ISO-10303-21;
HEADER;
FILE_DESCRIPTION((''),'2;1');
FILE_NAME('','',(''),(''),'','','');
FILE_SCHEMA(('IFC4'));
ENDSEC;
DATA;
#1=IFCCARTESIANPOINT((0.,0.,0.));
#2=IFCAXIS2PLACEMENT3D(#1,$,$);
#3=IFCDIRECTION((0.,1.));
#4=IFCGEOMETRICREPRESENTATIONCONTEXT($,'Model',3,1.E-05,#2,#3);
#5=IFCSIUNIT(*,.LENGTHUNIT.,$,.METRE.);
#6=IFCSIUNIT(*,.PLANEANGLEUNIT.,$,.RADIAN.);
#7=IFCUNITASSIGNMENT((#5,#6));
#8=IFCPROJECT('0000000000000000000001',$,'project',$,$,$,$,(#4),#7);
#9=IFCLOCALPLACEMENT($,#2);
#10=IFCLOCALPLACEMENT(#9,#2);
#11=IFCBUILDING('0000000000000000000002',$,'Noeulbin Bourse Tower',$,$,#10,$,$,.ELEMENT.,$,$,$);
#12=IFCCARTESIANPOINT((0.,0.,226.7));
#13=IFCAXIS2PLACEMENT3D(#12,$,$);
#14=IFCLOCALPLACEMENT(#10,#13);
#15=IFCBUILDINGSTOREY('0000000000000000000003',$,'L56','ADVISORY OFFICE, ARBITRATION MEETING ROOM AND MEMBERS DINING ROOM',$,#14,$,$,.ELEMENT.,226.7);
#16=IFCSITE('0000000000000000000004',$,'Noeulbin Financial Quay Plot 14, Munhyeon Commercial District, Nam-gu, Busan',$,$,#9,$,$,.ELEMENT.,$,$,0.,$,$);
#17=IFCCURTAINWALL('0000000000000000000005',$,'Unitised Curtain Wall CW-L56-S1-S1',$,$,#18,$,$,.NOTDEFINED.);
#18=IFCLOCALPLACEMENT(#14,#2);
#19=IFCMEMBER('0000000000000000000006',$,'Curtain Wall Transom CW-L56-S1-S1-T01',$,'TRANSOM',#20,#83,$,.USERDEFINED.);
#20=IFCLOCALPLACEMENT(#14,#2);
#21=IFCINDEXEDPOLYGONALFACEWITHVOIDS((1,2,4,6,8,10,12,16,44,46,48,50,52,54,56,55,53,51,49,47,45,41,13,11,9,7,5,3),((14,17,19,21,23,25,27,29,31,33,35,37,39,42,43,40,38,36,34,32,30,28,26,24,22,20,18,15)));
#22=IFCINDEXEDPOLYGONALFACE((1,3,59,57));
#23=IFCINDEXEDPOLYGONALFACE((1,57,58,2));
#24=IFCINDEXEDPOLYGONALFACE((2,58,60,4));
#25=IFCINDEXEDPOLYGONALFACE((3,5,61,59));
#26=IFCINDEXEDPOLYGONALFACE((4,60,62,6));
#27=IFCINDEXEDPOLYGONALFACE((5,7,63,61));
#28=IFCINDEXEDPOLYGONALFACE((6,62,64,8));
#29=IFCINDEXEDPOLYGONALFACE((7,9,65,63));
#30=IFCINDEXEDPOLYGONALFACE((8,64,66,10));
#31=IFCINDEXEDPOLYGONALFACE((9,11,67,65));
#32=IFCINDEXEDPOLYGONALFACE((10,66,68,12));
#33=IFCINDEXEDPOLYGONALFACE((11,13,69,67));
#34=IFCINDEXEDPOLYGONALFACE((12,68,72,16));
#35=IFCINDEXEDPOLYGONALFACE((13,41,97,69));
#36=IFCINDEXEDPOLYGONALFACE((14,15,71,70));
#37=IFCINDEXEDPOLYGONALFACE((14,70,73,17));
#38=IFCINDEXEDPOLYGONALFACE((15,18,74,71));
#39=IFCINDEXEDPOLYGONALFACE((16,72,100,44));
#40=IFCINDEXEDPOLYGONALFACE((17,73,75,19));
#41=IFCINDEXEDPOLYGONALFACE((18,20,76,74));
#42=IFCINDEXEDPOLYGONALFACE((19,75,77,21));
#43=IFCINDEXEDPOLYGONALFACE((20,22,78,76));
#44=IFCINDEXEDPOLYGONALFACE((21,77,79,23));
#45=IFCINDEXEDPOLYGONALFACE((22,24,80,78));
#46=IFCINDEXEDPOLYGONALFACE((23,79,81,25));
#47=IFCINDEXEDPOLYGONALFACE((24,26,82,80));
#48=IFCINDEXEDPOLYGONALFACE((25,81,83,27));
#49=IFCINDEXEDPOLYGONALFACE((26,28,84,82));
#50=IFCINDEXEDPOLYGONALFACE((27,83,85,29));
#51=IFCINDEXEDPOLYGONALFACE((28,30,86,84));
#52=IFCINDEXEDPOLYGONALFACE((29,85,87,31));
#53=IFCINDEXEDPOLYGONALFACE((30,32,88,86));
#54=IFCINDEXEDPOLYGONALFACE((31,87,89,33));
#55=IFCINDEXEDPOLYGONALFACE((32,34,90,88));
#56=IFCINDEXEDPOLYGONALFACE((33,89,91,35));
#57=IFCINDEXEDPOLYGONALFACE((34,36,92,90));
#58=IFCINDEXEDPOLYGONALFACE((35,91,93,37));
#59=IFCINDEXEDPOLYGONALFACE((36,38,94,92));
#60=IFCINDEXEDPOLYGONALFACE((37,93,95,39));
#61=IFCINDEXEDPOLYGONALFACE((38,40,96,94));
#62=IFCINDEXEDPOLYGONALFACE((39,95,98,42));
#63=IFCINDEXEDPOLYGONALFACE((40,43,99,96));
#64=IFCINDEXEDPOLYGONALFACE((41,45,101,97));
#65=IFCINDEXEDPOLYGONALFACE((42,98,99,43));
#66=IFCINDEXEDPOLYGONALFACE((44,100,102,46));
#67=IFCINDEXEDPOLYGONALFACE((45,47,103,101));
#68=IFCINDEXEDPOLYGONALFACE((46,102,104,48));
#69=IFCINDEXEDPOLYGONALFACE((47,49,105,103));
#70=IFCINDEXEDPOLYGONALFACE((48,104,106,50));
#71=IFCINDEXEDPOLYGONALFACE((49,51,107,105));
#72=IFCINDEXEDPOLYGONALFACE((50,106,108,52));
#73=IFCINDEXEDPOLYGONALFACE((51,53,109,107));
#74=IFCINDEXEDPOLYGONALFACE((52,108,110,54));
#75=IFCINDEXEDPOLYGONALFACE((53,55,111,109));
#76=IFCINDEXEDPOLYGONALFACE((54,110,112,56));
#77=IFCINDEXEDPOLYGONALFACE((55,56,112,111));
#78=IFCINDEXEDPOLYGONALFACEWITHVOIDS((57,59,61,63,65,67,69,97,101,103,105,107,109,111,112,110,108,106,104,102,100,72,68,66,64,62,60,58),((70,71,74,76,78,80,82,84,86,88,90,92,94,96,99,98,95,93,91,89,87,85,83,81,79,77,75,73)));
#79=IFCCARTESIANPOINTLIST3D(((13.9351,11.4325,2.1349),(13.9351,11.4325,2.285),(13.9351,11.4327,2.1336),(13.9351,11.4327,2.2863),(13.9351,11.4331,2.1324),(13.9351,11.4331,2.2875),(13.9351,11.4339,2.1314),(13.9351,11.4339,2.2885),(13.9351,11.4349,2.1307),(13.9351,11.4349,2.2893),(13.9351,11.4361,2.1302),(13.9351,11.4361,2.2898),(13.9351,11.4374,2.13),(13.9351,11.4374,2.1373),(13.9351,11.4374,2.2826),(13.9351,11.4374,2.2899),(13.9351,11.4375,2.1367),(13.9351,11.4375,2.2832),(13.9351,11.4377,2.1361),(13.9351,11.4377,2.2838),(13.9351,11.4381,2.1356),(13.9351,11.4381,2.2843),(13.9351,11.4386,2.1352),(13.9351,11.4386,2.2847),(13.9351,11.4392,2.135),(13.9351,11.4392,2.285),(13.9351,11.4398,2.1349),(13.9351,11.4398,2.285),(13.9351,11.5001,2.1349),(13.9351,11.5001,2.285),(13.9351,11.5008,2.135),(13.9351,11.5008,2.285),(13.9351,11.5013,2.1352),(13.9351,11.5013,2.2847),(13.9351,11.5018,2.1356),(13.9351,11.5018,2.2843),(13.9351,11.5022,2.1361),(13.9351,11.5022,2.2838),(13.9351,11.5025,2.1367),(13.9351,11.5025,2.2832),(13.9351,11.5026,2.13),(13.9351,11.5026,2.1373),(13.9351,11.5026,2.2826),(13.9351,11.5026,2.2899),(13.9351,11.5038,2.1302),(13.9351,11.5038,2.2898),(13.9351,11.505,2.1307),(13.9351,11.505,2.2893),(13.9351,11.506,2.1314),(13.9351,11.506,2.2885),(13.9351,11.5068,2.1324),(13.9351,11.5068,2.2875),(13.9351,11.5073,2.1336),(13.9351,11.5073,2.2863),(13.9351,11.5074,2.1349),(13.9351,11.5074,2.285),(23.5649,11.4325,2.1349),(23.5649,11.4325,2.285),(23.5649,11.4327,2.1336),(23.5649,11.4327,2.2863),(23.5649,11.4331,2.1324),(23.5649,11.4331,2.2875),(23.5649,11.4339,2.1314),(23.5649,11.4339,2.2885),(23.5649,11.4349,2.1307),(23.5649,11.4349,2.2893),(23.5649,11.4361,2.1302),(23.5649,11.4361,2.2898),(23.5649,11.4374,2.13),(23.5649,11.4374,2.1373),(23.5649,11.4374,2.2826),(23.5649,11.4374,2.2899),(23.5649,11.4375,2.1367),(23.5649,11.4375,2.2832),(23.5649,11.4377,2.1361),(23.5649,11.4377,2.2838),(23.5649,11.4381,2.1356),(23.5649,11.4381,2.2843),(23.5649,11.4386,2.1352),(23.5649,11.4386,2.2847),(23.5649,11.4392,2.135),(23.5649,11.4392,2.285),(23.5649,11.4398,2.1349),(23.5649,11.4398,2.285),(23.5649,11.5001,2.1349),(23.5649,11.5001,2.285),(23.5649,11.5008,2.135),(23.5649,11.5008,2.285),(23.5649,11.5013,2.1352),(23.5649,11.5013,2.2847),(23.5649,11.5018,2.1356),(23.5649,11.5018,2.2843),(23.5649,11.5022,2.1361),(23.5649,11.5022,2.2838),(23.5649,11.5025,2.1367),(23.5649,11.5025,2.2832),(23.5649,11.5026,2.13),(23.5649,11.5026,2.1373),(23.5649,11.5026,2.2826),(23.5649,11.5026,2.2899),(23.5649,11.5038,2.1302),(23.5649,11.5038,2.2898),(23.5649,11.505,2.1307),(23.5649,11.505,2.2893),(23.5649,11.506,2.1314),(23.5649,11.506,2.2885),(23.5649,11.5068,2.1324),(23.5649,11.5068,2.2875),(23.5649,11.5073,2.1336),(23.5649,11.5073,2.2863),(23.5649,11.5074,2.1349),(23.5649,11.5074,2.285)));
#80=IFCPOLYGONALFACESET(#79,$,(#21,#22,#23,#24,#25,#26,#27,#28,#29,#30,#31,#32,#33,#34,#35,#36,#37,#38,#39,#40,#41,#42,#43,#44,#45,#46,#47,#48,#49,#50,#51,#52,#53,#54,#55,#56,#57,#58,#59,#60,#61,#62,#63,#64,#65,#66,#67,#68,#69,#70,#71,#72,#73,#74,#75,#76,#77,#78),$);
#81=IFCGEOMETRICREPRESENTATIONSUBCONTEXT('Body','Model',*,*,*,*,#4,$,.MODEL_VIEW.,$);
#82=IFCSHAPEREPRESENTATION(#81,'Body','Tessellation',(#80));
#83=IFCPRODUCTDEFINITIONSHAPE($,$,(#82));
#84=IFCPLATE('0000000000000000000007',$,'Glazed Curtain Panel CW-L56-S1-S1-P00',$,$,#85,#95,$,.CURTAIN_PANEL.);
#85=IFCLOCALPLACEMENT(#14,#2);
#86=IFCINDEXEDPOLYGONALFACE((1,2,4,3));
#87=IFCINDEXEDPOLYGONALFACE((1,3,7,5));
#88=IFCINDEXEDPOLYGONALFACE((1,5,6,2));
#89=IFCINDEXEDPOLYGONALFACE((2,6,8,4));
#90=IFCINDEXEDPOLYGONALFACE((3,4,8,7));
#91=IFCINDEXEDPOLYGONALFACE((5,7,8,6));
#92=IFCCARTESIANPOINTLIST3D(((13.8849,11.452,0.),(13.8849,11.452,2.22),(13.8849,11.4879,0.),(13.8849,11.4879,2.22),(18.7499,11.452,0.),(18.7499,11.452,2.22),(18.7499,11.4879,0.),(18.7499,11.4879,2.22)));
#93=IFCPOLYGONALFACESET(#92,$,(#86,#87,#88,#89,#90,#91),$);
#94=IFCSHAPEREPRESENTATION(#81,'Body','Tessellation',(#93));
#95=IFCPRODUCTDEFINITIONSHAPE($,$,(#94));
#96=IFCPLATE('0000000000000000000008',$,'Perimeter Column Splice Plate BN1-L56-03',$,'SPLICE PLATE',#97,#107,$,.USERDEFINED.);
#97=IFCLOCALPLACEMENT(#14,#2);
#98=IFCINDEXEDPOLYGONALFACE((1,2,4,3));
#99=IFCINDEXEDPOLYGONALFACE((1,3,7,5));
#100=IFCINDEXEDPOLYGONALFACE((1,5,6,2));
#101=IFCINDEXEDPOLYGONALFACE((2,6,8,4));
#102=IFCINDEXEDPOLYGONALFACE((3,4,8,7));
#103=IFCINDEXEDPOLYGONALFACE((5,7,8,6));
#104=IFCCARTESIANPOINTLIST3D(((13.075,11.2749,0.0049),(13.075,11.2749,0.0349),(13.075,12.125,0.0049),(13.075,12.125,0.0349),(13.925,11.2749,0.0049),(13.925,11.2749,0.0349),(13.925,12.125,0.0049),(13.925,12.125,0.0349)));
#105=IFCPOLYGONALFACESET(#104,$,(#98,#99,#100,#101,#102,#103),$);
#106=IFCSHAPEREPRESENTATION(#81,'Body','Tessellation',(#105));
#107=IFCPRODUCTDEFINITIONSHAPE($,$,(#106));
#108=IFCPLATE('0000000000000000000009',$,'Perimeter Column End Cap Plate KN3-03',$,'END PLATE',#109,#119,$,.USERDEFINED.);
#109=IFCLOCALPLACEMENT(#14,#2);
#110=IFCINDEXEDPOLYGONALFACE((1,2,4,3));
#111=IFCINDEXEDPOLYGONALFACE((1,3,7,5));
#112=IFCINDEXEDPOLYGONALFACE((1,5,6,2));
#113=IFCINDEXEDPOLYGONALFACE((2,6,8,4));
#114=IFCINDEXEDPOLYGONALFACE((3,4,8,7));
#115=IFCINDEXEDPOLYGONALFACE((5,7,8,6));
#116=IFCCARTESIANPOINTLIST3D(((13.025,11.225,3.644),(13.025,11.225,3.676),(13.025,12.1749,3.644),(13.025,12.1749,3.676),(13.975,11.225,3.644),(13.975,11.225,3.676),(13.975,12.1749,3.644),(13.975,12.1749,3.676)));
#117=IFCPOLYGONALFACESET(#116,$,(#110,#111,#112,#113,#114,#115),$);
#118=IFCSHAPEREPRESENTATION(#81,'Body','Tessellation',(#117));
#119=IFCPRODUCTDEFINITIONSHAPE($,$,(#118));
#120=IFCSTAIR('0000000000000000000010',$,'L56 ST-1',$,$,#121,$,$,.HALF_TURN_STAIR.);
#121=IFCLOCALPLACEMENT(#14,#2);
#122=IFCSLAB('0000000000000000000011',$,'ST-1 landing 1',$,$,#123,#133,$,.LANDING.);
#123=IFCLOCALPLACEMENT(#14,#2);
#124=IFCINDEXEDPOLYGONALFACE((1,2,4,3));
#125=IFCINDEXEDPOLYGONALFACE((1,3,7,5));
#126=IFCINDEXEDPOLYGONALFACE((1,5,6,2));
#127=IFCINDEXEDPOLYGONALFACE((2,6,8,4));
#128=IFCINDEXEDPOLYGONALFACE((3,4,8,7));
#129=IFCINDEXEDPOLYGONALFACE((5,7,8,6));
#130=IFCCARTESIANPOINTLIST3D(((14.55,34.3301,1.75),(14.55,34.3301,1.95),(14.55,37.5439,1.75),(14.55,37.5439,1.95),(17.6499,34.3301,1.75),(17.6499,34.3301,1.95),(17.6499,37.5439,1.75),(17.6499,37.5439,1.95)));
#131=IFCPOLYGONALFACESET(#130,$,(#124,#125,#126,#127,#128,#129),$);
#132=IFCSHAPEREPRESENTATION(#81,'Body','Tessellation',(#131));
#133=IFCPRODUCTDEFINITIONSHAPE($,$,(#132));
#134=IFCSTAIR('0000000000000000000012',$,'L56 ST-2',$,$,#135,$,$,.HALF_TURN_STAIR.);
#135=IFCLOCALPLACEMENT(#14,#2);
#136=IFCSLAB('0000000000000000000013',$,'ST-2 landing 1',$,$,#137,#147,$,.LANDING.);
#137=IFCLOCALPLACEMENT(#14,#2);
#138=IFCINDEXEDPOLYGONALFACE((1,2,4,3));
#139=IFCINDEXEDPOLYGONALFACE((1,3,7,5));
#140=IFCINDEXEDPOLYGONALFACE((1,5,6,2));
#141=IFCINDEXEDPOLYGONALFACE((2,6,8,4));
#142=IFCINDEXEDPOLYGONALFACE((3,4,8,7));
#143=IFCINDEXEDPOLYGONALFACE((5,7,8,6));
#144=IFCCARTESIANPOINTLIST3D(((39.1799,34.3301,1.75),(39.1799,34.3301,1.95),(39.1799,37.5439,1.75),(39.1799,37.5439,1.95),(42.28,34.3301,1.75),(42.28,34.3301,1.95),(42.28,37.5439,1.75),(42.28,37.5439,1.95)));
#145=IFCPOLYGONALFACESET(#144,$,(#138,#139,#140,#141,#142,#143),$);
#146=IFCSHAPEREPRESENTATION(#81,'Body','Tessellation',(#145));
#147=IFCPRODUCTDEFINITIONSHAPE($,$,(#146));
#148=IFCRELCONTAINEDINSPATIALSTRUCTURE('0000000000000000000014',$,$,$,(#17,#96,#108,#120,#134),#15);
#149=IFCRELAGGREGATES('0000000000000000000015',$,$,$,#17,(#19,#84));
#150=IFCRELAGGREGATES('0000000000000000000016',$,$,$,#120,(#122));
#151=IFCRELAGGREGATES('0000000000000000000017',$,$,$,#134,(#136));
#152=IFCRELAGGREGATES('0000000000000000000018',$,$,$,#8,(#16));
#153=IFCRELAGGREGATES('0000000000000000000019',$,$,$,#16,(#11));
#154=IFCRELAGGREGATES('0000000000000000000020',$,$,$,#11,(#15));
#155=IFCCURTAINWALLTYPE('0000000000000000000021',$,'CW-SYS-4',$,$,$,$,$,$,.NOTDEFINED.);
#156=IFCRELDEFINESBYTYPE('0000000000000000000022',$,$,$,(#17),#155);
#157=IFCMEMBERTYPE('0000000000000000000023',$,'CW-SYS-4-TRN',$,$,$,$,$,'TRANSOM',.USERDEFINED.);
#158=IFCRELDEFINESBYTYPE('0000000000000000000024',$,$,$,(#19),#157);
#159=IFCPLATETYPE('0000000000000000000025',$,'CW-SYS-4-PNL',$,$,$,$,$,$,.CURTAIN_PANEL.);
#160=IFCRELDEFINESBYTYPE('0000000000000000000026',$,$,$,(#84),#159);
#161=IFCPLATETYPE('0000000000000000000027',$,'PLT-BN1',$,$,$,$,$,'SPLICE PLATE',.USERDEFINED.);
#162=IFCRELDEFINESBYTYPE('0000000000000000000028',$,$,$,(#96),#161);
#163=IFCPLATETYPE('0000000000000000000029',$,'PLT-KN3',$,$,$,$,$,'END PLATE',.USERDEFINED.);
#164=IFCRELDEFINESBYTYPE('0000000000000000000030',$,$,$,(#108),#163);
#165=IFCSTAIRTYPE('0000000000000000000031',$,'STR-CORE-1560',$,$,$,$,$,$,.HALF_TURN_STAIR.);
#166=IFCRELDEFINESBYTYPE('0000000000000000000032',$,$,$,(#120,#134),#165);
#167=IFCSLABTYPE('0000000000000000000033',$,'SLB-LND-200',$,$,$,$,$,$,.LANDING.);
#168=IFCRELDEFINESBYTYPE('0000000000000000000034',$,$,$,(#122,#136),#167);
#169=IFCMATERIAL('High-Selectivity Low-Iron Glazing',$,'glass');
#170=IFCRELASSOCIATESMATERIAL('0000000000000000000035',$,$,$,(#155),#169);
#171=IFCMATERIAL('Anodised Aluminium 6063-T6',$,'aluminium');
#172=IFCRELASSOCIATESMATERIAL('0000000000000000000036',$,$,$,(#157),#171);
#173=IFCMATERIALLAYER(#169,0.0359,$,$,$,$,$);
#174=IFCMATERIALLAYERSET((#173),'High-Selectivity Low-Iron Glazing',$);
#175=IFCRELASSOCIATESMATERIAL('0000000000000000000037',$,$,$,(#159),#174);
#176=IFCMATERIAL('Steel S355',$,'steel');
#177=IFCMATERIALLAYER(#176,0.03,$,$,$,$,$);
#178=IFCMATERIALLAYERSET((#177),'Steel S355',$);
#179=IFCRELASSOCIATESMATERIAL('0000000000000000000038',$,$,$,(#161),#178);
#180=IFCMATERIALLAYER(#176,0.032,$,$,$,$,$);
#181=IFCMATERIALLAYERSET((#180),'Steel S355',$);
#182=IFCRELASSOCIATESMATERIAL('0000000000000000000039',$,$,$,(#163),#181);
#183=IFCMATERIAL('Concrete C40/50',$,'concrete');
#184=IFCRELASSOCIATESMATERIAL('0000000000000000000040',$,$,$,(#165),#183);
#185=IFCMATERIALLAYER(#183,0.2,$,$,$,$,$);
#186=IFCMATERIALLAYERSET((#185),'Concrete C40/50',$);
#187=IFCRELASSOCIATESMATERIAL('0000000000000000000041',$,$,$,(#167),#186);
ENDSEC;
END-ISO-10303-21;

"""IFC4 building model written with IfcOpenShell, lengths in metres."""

from ifc_helpers import new_model, si_unit, direction, frame, origin, origin_2d, place, context, subcontext, project, spatial, polyline, rectangle, hollow_rectangle, outline, extrude, material, layer, layer_set, material_profile, profile_set, type_object, element, aggregate, save


model = new_model("IFC4")

# Units and contexts
model_context = context("Model", 3, precision=1e-05, world=origin(), true_north=direction((0.0, 1.0)))
body_context = subcontext(model_context, "Body", "Model", "MODEL_VIEW")
ifc_project = project(units=[si_unit("LENGTHUNIT", "METRE"), si_unit("PLANEANGLEUNIT", "RADIAN")], contexts=[model_context])

# Site, building, storey
site_placement = place(None, origin())
site = spatial("IfcSite", under=ifc_project, at=site_placement, Name="Noeulbin Financial Quay Plot 14, Munhyeon Commercial District, Nam-gu, Busan", CompositionType="ELEMENT", RefElevation=0.0)
building_placement = place(site_placement, origin())
building = spatial("IfcBuilding", under=site, at=building_placement, Name="Noeulbin Bourse Tower", CompositionType="ELEMENT")
storey_placement = place(building_placement, frame((0.0, 0.0, 226.7)))
storey = spatial("IfcBuildingStorey", under=building, at=storey_placement, Name="L56", Description="ADVISORY OFFICE, ARBITRATION MEETING ROOM AND MEMBERS DINING ROOM", CompositionType="ELEMENT", Elevation=226.7)

# Shared definitions
ifc_material_1 = material(Name="Steel S355", Category="steel")

# Curtain wall, member, plate
ifc_material_2 = material(Name="High-Selectivity Low-Iron Glazing", Category="glass")
curtain_wall_type = type_object("IfcCurtainWallType", Name="CW-SYS-4", PredefinedType="NOTDEFINED", material=ifc_material_2)
curtain_wall_placement = place(storey_placement, origin())
curtain_wall = element("IfcCurtainWall", 1, at=curtain_wall_placement, inside=storey, type_object=curtain_wall_type, Name="Unitised Curtain Wall CW-L56-S1-S1", PredefinedType="NOTDEFINED")
ifc_material_3 = material(Name="Anodised Aluminium 6063-T6", Category="aluminium")
ifc_material_profile_1 = material_profile(ifc_material_3, hollow_rectangle(XDim=0.075, YDim=0.1599, WallThickness=0.0049, InnerFilletRadius=0.0024, OuterFilletRadius=0.0049, at=origin_2d()), Name="ALU-TRAN-75x160x5", Category="LoadBearing")
ifc_profile_set_1 = profile_set([ifc_material_profile_1], Name="Anodised Aluminium 6063-T6")
member_type_1 = type_object("IfcMemberType", Name="CW-SYS-4-TRN", ElementType="TRANSOM", PredefinedType="USERDEFINED", material=ifc_profile_set_1)
member_1_placement = place(storey_placement, frame((13.9351, 11.47, 2.21), z_axis=(1.0, 0.0, 0.0), x_axis=(0.0, 1.0, 0.0)))
member_1 = element("IfcMember", 2, at=member_1_placement, type_object=member_type_1, Name="Curtain Wall Transom CW-L56-S1-S1-T01", ObjectType="TRANSOM", PredefinedType="USERDEFINED", context=body_context, shape_type="SweptSolid", body=[
    extrude(hollow_rectangle(XDim=0.075, YDim=0.1599, WallThickness=0.0049, InnerFilletRadius=0.0024, OuterFilletRadius=0.0049, at=origin_2d()), origin(), (0.0, 0.0, 1.0), 9.6299),
])
ifc_layer_1 = layer(ifc_material_2, 0.0359)
ifc_layer_set_1 = layer_set([ifc_layer_1], Name="High-Selectivity Low-Iron Glazing")
plate_type_1 = type_object("IfcPlateType", Name="CW-SYS-4-PNL", PredefinedType="CURTAIN_PANEL", material=ifc_layer_set_1)
plate_1_placement = place(storey_placement, frame((16.3174, 11.47, 0.0), z_axis=(0.0, 0.0, 1.0), x_axis=(1.0, 0.0, 0.0)))
plate_1 = element("IfcPlate", 3, at=plate_1_placement, type_object=plate_type_1, Name="Glazed Curtain Panel CW-L56-S1-S1-P00", PredefinedType="CURTAIN_PANEL", context=body_context, shape_type="SweptSolid", body=[
    extrude(rectangle(XDim=4.865, YDim=0.0359, at=origin_2d()), origin(), (0.0, 0.0, 1.0), 2.22),
])
aggregate(curtain_wall, [member_1, plate_1])

# Plates
ifc_layer_2 = layer(ifc_material_1, 0.03)
ifc_layer_set_2 = layer_set([ifc_layer_2], Name="Steel S355")
plate_type_2 = type_object("IfcPlateType", Name="PLT-BN1", ElementType="SPLICE PLATE", PredefinedType="USERDEFINED", material=ifc_layer_set_2)
plate_2_placement = place(storey_placement, frame((13.5, 11.7, 0.0049), z_axis=(0.0, 0.0, 1.0), x_axis=(1.0, 0.0, 0.0)))
element("IfcPlate", 4, at=plate_2_placement, inside=storey, type_object=plate_type_2, Name="Perimeter Column Splice Plate BN1-L56-03", ObjectType="SPLICE PLATE", PredefinedType="USERDEFINED", context=body_context, shape_type="SweptSolid", body=[
    extrude(rectangle(XDim=0.8501, YDim=0.8501, at=origin_2d()), origin(), (0.0, 0.0, 1.0), 0.03),
])
ifc_layer_3 = layer(ifc_material_1, 0.032)
ifc_layer_set_3 = layer_set([ifc_layer_3], Name="Steel S355")
plate_type_3 = type_object("IfcPlateType", Name="PLT-KN3", ElementType="END PLATE", PredefinedType="USERDEFINED", material=ifc_layer_set_3)
plate_3_placement = place(storey_placement, frame((13.5, 11.7, 3.644), z_axis=(0.0, 0.0, 1.0), x_axis=(1.0, 0.0, 0.0)))
element("IfcPlate", 5, at=plate_3_placement, inside=storey, type_object=plate_type_3, Name="Perimeter Column End Cap Plate KN3-03", ObjectType="END PLATE", PredefinedType="USERDEFINED", context=body_context, shape_type="SweptSolid", body=[
    extrude(rectangle(XDim=0.95, YDim=0.95, at=origin_2d()), origin(), (0.0, 0.0, 1.0), 0.032),
])

# Stairs, slabs
ifc_material_4 = material(Name="Concrete C40/50", Category="concrete")
stair_type = type_object("IfcStairType", Name="STR-CORE-1560", PredefinedType="HALF_TURN_STAIR", material=ifc_material_4)
stair_1_placement = place(storey_placement, origin())
stair_1 = element("IfcStair", 6, at=stair_1_placement, inside=storey, type_object=stair_type, Name="L56 ST-1", PredefinedType="HALF_TURN_STAIR")
ifc_layer_4 = layer(ifc_material_4, 0.2)
ifc_layer_set_4 = layer_set([ifc_layer_4], Name="Concrete C40/50")
slab_type_1 = type_object("IfcSlabType", Name="SLB-LND-200", PredefinedType="LANDING", material=ifc_layer_set_4)
slab_1_placement = place(storey_placement, frame((0.0, 0.0, 1.75)))
slab_1 = element("IfcSlab", 7, at=slab_1_placement, type_object=slab_type_1, Name="ST-1 landing 1", PredefinedType="LANDING", context=body_context, shape_type="SweptSolid", body=[
    extrude(outline(polyline([(17.6499, 34.3301), (17.6499, 37.5439), (14.55, 37.5439), (14.55, 34.3301), (17.6499, 34.3301)])), origin(), (0.0, 0.0, 1.0), 0.2),
])
aggregate(stair_1, [slab_1])
stair_2_placement = place(storey_placement, origin())
stair_2 = element("IfcStair", 8, at=stair_2_placement, inside=storey, type_object=stair_type, Name="L56 ST-2", PredefinedType="HALF_TURN_STAIR")
slab_2_placement = place(storey_placement, frame((0.0, 0.0, 1.75)))
slab_2 = element("IfcSlab", 9, at=slab_2_placement, type_object=slab_type_1, Name="ST-2 landing 1", PredefinedType="LANDING", context=body_context, shape_type="SweptSolid", body=[
    extrude(outline(polyline([(42.28, 34.3301), (42.28, 37.5439), (39.1799, 37.5439), (39.1799, 34.3301), (42.28, 34.3301)])), origin(), (0.0, 0.0, 1.0), 0.2),
])
aggregate(stair_2, [slab_2])

save(model, "model.ifc")
